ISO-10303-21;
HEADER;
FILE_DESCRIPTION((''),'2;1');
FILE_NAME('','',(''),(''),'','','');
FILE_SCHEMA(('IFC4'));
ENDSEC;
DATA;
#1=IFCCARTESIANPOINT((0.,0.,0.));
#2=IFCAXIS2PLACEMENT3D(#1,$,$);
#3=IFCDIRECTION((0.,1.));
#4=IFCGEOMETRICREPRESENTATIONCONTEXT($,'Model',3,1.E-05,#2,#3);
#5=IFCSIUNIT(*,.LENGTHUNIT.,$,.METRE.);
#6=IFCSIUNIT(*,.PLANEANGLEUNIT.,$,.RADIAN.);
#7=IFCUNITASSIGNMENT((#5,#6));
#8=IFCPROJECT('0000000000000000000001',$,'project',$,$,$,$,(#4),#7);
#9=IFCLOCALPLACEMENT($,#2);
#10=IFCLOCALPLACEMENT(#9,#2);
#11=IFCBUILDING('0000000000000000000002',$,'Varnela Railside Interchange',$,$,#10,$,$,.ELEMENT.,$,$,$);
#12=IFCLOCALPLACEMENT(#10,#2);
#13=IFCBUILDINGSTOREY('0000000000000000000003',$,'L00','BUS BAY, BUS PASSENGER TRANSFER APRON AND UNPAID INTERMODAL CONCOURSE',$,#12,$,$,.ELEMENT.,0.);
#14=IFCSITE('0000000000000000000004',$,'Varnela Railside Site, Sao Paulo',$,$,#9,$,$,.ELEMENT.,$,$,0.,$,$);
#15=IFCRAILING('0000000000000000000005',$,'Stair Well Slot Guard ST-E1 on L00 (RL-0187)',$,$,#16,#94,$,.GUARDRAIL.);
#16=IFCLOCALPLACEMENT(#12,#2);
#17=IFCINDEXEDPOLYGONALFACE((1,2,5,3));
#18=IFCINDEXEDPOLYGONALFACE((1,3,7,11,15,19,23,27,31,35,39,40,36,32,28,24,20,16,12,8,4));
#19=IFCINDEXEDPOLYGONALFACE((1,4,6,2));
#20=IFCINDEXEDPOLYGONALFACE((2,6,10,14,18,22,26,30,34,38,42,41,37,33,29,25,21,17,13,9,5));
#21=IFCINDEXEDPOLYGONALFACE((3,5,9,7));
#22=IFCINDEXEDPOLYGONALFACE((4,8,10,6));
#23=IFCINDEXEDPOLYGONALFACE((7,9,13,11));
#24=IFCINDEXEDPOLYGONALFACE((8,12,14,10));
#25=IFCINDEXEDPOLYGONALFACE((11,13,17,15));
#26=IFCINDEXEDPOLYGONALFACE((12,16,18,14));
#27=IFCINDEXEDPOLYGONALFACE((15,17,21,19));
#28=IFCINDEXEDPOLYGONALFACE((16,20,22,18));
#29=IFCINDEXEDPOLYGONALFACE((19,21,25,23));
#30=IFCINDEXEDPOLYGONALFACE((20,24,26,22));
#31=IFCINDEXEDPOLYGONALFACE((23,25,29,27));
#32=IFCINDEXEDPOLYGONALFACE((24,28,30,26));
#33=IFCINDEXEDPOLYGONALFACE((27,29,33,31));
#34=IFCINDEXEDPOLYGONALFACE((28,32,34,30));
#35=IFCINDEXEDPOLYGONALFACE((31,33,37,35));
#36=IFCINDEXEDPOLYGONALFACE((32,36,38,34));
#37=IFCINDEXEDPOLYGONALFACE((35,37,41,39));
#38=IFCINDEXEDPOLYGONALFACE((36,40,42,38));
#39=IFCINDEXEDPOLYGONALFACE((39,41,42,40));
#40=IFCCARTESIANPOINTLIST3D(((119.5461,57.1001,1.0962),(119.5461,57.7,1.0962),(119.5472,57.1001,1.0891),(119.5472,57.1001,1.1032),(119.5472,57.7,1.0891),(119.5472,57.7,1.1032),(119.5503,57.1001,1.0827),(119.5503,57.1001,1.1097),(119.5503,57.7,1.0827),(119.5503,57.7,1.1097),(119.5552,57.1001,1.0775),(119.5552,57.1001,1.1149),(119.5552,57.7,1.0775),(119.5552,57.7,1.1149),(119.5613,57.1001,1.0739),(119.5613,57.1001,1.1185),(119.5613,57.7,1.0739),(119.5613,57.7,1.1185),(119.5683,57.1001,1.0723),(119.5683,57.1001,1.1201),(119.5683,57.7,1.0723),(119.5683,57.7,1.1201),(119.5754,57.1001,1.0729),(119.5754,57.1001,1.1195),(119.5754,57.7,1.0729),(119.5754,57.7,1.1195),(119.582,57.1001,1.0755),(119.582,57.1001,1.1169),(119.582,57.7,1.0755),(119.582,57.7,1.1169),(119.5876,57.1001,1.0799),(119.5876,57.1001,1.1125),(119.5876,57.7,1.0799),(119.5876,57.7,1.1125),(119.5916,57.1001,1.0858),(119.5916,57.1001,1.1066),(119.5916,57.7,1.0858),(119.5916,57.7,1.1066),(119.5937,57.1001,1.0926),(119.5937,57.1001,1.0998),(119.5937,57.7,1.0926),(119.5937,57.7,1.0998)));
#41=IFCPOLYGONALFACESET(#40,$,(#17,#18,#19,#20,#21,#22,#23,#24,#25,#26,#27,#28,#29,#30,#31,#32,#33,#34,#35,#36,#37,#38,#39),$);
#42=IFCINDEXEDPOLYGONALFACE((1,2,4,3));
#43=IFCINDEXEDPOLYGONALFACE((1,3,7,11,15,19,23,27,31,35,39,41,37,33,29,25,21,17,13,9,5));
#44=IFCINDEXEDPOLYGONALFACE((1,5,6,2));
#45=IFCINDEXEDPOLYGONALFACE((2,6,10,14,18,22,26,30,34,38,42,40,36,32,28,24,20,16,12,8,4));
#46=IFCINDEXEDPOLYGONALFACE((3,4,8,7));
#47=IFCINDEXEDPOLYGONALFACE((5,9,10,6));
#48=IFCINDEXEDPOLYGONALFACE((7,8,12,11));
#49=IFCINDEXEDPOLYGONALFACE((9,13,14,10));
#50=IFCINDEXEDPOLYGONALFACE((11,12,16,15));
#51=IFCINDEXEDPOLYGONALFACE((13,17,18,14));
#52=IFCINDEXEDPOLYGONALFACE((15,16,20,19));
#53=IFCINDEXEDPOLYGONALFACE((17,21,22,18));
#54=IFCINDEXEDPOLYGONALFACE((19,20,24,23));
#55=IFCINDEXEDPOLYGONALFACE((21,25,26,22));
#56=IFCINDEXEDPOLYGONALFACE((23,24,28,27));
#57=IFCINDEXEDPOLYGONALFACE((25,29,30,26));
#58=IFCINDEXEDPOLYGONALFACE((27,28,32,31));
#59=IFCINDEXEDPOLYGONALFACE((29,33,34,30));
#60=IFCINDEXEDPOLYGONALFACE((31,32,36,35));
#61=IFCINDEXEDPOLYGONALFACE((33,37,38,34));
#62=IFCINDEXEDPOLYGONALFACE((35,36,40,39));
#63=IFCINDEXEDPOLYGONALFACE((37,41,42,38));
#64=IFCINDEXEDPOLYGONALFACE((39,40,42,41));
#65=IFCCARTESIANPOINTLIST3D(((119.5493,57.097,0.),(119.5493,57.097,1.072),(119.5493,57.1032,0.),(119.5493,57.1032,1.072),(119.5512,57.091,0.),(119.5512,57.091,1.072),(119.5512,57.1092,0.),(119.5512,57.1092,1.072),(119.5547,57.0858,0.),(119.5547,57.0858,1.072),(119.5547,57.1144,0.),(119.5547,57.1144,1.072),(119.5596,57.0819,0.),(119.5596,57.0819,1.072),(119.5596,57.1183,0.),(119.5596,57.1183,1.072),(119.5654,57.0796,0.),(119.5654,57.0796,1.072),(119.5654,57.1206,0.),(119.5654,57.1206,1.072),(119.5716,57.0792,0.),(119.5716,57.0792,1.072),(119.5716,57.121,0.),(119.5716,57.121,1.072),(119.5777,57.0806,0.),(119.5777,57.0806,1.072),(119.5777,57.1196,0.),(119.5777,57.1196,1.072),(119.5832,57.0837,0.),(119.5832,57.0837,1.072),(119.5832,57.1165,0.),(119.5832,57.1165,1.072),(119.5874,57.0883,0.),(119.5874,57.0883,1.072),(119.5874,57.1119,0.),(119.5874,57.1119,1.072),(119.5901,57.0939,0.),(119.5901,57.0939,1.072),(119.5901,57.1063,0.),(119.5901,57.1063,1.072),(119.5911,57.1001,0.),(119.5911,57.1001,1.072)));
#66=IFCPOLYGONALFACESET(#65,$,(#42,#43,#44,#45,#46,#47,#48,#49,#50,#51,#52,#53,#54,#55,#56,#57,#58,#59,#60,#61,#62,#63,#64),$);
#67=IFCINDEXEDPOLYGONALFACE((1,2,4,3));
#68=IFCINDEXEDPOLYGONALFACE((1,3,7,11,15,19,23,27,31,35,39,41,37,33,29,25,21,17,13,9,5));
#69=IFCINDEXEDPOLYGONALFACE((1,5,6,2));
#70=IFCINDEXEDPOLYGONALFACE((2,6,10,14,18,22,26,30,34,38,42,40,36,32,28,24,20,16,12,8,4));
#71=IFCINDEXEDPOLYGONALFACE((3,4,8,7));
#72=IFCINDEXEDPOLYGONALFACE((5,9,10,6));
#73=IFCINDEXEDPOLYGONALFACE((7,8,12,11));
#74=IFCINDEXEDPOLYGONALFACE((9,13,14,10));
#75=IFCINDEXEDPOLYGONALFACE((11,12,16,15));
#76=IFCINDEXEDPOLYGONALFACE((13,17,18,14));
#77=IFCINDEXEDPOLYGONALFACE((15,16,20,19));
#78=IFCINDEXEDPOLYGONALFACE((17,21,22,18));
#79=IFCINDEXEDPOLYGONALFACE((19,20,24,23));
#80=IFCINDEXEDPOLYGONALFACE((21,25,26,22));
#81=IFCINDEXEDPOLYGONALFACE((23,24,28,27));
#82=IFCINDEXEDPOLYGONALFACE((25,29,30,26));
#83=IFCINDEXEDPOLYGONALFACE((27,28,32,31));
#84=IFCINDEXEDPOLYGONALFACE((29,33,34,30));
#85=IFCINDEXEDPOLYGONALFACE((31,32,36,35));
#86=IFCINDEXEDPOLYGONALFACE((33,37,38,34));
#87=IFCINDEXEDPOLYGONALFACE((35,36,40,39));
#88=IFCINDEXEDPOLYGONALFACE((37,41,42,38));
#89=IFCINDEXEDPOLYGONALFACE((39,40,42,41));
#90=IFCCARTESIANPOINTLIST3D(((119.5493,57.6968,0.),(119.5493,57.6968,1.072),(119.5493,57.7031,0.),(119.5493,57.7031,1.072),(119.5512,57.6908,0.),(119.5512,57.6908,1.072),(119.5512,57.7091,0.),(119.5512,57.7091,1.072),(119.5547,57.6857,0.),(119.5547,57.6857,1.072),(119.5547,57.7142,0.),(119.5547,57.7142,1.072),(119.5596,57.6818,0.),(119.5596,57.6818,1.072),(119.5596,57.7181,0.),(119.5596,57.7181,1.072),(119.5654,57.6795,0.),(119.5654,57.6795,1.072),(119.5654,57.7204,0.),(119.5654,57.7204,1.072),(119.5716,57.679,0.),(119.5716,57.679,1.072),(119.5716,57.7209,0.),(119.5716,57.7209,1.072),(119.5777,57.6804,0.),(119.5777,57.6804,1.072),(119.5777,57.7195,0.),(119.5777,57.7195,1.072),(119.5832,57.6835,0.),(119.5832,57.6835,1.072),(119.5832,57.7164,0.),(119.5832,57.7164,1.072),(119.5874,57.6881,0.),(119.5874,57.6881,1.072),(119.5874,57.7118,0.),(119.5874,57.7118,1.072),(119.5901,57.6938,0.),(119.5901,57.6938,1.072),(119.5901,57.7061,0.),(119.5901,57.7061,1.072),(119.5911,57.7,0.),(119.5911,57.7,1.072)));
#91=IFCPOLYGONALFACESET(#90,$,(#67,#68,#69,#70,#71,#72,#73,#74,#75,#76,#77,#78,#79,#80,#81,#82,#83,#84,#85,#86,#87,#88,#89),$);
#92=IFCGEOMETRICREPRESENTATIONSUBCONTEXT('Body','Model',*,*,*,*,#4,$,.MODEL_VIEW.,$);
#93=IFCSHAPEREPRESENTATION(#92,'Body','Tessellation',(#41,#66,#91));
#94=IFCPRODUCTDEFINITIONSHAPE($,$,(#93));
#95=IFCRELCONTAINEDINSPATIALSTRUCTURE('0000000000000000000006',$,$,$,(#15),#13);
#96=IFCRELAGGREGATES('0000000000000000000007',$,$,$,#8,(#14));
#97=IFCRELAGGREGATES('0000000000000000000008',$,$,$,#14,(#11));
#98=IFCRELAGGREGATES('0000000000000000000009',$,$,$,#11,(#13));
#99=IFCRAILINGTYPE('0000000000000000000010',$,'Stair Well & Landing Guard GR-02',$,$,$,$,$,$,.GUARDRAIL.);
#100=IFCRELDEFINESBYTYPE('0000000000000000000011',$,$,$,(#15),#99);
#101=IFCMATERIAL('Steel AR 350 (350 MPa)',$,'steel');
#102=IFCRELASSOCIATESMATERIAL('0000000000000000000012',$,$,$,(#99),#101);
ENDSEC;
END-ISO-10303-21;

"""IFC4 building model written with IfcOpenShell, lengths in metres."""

from ifc_helpers import new_model, si_unit, direction, frame, origin, origin_2d, place, context, subcontext, project, spatial, circle, extrude, material, type_object, element, save


model = new_model("IFC4")

# Units and contexts
model_context = context("Model", 3, precision=1e-05, world=origin(), true_north=direction((0.0, 1.0)))
body_context = subcontext(model_context, "Body", "Model", "MODEL_VIEW")
ifc_project = project(units=[si_unit("LENGTHUNIT", "METRE"), si_unit("PLANEANGLEUNIT", "RADIAN")], contexts=[model_context])

# Site, building, storey
site_placement = place(None, origin())
site = spatial("IfcSite", under=ifc_project, at=site_placement, Name="Varnela Railside Site, Sao Paulo", CompositionType="ELEMENT", RefElevation=0.0)
building_placement = place(site_placement, origin())
building = spatial("IfcBuilding", under=site, at=building_placement, Name="Varnela Railside Interchange", CompositionType="ELEMENT")
storey_placement = place(building_placement, origin())
storey = spatial("IfcBuildingStorey", under=building, at=storey_placement, Name="L00", Description="BUS BAY, BUS PASSENGER TRANSFER APRON AND UNPAID INTERMODAL CONCOURSE", CompositionType="ELEMENT", Elevation=0.0)

# Shared definitions
ifc_material_1 = material(Name="Steel AR 350 (350 MPa)", Category="steel")

# Railing
railing_type_1 = type_object("IfcRailingType", Name="Stair Well & Landing Guard GR-02", PredefinedType="GUARDRAIL", material=ifc_material_1)
railing_1_placement = place(storey_placement, frame((119.5701, 57.1001, 0.0)))
element("IfcRailing", 1, at=railing_1_placement, inside=storey, type_object=railing_type_1, Name="Stair Well Slot Guard ST-E1 on L00 (RL-0187)", PredefinedType="GUARDRAIL", context=body_context, shape_type="SweptSolid", body=[
    extrude(circle(Radius=0.0239, at=origin_2d()), frame((0.0, 0.0, 1.0962), z_axis=(0.0, 1.0, 0.0), x_axis=(-1.0, 0.0, 0.0)), (0.0, 0.0, 1.0), 0.5999),
    extrude(circle(Radius=0.021, at=origin_2d()), origin(), (0.0, 0.0, 1.0), 1.072),
    extrude(circle(Radius=0.021, at=origin_2d()), frame((0.0, 0.5999, 0.0)), (0.0, 0.0, 1.0), 1.072),
])

save(model, "model.ifc")
